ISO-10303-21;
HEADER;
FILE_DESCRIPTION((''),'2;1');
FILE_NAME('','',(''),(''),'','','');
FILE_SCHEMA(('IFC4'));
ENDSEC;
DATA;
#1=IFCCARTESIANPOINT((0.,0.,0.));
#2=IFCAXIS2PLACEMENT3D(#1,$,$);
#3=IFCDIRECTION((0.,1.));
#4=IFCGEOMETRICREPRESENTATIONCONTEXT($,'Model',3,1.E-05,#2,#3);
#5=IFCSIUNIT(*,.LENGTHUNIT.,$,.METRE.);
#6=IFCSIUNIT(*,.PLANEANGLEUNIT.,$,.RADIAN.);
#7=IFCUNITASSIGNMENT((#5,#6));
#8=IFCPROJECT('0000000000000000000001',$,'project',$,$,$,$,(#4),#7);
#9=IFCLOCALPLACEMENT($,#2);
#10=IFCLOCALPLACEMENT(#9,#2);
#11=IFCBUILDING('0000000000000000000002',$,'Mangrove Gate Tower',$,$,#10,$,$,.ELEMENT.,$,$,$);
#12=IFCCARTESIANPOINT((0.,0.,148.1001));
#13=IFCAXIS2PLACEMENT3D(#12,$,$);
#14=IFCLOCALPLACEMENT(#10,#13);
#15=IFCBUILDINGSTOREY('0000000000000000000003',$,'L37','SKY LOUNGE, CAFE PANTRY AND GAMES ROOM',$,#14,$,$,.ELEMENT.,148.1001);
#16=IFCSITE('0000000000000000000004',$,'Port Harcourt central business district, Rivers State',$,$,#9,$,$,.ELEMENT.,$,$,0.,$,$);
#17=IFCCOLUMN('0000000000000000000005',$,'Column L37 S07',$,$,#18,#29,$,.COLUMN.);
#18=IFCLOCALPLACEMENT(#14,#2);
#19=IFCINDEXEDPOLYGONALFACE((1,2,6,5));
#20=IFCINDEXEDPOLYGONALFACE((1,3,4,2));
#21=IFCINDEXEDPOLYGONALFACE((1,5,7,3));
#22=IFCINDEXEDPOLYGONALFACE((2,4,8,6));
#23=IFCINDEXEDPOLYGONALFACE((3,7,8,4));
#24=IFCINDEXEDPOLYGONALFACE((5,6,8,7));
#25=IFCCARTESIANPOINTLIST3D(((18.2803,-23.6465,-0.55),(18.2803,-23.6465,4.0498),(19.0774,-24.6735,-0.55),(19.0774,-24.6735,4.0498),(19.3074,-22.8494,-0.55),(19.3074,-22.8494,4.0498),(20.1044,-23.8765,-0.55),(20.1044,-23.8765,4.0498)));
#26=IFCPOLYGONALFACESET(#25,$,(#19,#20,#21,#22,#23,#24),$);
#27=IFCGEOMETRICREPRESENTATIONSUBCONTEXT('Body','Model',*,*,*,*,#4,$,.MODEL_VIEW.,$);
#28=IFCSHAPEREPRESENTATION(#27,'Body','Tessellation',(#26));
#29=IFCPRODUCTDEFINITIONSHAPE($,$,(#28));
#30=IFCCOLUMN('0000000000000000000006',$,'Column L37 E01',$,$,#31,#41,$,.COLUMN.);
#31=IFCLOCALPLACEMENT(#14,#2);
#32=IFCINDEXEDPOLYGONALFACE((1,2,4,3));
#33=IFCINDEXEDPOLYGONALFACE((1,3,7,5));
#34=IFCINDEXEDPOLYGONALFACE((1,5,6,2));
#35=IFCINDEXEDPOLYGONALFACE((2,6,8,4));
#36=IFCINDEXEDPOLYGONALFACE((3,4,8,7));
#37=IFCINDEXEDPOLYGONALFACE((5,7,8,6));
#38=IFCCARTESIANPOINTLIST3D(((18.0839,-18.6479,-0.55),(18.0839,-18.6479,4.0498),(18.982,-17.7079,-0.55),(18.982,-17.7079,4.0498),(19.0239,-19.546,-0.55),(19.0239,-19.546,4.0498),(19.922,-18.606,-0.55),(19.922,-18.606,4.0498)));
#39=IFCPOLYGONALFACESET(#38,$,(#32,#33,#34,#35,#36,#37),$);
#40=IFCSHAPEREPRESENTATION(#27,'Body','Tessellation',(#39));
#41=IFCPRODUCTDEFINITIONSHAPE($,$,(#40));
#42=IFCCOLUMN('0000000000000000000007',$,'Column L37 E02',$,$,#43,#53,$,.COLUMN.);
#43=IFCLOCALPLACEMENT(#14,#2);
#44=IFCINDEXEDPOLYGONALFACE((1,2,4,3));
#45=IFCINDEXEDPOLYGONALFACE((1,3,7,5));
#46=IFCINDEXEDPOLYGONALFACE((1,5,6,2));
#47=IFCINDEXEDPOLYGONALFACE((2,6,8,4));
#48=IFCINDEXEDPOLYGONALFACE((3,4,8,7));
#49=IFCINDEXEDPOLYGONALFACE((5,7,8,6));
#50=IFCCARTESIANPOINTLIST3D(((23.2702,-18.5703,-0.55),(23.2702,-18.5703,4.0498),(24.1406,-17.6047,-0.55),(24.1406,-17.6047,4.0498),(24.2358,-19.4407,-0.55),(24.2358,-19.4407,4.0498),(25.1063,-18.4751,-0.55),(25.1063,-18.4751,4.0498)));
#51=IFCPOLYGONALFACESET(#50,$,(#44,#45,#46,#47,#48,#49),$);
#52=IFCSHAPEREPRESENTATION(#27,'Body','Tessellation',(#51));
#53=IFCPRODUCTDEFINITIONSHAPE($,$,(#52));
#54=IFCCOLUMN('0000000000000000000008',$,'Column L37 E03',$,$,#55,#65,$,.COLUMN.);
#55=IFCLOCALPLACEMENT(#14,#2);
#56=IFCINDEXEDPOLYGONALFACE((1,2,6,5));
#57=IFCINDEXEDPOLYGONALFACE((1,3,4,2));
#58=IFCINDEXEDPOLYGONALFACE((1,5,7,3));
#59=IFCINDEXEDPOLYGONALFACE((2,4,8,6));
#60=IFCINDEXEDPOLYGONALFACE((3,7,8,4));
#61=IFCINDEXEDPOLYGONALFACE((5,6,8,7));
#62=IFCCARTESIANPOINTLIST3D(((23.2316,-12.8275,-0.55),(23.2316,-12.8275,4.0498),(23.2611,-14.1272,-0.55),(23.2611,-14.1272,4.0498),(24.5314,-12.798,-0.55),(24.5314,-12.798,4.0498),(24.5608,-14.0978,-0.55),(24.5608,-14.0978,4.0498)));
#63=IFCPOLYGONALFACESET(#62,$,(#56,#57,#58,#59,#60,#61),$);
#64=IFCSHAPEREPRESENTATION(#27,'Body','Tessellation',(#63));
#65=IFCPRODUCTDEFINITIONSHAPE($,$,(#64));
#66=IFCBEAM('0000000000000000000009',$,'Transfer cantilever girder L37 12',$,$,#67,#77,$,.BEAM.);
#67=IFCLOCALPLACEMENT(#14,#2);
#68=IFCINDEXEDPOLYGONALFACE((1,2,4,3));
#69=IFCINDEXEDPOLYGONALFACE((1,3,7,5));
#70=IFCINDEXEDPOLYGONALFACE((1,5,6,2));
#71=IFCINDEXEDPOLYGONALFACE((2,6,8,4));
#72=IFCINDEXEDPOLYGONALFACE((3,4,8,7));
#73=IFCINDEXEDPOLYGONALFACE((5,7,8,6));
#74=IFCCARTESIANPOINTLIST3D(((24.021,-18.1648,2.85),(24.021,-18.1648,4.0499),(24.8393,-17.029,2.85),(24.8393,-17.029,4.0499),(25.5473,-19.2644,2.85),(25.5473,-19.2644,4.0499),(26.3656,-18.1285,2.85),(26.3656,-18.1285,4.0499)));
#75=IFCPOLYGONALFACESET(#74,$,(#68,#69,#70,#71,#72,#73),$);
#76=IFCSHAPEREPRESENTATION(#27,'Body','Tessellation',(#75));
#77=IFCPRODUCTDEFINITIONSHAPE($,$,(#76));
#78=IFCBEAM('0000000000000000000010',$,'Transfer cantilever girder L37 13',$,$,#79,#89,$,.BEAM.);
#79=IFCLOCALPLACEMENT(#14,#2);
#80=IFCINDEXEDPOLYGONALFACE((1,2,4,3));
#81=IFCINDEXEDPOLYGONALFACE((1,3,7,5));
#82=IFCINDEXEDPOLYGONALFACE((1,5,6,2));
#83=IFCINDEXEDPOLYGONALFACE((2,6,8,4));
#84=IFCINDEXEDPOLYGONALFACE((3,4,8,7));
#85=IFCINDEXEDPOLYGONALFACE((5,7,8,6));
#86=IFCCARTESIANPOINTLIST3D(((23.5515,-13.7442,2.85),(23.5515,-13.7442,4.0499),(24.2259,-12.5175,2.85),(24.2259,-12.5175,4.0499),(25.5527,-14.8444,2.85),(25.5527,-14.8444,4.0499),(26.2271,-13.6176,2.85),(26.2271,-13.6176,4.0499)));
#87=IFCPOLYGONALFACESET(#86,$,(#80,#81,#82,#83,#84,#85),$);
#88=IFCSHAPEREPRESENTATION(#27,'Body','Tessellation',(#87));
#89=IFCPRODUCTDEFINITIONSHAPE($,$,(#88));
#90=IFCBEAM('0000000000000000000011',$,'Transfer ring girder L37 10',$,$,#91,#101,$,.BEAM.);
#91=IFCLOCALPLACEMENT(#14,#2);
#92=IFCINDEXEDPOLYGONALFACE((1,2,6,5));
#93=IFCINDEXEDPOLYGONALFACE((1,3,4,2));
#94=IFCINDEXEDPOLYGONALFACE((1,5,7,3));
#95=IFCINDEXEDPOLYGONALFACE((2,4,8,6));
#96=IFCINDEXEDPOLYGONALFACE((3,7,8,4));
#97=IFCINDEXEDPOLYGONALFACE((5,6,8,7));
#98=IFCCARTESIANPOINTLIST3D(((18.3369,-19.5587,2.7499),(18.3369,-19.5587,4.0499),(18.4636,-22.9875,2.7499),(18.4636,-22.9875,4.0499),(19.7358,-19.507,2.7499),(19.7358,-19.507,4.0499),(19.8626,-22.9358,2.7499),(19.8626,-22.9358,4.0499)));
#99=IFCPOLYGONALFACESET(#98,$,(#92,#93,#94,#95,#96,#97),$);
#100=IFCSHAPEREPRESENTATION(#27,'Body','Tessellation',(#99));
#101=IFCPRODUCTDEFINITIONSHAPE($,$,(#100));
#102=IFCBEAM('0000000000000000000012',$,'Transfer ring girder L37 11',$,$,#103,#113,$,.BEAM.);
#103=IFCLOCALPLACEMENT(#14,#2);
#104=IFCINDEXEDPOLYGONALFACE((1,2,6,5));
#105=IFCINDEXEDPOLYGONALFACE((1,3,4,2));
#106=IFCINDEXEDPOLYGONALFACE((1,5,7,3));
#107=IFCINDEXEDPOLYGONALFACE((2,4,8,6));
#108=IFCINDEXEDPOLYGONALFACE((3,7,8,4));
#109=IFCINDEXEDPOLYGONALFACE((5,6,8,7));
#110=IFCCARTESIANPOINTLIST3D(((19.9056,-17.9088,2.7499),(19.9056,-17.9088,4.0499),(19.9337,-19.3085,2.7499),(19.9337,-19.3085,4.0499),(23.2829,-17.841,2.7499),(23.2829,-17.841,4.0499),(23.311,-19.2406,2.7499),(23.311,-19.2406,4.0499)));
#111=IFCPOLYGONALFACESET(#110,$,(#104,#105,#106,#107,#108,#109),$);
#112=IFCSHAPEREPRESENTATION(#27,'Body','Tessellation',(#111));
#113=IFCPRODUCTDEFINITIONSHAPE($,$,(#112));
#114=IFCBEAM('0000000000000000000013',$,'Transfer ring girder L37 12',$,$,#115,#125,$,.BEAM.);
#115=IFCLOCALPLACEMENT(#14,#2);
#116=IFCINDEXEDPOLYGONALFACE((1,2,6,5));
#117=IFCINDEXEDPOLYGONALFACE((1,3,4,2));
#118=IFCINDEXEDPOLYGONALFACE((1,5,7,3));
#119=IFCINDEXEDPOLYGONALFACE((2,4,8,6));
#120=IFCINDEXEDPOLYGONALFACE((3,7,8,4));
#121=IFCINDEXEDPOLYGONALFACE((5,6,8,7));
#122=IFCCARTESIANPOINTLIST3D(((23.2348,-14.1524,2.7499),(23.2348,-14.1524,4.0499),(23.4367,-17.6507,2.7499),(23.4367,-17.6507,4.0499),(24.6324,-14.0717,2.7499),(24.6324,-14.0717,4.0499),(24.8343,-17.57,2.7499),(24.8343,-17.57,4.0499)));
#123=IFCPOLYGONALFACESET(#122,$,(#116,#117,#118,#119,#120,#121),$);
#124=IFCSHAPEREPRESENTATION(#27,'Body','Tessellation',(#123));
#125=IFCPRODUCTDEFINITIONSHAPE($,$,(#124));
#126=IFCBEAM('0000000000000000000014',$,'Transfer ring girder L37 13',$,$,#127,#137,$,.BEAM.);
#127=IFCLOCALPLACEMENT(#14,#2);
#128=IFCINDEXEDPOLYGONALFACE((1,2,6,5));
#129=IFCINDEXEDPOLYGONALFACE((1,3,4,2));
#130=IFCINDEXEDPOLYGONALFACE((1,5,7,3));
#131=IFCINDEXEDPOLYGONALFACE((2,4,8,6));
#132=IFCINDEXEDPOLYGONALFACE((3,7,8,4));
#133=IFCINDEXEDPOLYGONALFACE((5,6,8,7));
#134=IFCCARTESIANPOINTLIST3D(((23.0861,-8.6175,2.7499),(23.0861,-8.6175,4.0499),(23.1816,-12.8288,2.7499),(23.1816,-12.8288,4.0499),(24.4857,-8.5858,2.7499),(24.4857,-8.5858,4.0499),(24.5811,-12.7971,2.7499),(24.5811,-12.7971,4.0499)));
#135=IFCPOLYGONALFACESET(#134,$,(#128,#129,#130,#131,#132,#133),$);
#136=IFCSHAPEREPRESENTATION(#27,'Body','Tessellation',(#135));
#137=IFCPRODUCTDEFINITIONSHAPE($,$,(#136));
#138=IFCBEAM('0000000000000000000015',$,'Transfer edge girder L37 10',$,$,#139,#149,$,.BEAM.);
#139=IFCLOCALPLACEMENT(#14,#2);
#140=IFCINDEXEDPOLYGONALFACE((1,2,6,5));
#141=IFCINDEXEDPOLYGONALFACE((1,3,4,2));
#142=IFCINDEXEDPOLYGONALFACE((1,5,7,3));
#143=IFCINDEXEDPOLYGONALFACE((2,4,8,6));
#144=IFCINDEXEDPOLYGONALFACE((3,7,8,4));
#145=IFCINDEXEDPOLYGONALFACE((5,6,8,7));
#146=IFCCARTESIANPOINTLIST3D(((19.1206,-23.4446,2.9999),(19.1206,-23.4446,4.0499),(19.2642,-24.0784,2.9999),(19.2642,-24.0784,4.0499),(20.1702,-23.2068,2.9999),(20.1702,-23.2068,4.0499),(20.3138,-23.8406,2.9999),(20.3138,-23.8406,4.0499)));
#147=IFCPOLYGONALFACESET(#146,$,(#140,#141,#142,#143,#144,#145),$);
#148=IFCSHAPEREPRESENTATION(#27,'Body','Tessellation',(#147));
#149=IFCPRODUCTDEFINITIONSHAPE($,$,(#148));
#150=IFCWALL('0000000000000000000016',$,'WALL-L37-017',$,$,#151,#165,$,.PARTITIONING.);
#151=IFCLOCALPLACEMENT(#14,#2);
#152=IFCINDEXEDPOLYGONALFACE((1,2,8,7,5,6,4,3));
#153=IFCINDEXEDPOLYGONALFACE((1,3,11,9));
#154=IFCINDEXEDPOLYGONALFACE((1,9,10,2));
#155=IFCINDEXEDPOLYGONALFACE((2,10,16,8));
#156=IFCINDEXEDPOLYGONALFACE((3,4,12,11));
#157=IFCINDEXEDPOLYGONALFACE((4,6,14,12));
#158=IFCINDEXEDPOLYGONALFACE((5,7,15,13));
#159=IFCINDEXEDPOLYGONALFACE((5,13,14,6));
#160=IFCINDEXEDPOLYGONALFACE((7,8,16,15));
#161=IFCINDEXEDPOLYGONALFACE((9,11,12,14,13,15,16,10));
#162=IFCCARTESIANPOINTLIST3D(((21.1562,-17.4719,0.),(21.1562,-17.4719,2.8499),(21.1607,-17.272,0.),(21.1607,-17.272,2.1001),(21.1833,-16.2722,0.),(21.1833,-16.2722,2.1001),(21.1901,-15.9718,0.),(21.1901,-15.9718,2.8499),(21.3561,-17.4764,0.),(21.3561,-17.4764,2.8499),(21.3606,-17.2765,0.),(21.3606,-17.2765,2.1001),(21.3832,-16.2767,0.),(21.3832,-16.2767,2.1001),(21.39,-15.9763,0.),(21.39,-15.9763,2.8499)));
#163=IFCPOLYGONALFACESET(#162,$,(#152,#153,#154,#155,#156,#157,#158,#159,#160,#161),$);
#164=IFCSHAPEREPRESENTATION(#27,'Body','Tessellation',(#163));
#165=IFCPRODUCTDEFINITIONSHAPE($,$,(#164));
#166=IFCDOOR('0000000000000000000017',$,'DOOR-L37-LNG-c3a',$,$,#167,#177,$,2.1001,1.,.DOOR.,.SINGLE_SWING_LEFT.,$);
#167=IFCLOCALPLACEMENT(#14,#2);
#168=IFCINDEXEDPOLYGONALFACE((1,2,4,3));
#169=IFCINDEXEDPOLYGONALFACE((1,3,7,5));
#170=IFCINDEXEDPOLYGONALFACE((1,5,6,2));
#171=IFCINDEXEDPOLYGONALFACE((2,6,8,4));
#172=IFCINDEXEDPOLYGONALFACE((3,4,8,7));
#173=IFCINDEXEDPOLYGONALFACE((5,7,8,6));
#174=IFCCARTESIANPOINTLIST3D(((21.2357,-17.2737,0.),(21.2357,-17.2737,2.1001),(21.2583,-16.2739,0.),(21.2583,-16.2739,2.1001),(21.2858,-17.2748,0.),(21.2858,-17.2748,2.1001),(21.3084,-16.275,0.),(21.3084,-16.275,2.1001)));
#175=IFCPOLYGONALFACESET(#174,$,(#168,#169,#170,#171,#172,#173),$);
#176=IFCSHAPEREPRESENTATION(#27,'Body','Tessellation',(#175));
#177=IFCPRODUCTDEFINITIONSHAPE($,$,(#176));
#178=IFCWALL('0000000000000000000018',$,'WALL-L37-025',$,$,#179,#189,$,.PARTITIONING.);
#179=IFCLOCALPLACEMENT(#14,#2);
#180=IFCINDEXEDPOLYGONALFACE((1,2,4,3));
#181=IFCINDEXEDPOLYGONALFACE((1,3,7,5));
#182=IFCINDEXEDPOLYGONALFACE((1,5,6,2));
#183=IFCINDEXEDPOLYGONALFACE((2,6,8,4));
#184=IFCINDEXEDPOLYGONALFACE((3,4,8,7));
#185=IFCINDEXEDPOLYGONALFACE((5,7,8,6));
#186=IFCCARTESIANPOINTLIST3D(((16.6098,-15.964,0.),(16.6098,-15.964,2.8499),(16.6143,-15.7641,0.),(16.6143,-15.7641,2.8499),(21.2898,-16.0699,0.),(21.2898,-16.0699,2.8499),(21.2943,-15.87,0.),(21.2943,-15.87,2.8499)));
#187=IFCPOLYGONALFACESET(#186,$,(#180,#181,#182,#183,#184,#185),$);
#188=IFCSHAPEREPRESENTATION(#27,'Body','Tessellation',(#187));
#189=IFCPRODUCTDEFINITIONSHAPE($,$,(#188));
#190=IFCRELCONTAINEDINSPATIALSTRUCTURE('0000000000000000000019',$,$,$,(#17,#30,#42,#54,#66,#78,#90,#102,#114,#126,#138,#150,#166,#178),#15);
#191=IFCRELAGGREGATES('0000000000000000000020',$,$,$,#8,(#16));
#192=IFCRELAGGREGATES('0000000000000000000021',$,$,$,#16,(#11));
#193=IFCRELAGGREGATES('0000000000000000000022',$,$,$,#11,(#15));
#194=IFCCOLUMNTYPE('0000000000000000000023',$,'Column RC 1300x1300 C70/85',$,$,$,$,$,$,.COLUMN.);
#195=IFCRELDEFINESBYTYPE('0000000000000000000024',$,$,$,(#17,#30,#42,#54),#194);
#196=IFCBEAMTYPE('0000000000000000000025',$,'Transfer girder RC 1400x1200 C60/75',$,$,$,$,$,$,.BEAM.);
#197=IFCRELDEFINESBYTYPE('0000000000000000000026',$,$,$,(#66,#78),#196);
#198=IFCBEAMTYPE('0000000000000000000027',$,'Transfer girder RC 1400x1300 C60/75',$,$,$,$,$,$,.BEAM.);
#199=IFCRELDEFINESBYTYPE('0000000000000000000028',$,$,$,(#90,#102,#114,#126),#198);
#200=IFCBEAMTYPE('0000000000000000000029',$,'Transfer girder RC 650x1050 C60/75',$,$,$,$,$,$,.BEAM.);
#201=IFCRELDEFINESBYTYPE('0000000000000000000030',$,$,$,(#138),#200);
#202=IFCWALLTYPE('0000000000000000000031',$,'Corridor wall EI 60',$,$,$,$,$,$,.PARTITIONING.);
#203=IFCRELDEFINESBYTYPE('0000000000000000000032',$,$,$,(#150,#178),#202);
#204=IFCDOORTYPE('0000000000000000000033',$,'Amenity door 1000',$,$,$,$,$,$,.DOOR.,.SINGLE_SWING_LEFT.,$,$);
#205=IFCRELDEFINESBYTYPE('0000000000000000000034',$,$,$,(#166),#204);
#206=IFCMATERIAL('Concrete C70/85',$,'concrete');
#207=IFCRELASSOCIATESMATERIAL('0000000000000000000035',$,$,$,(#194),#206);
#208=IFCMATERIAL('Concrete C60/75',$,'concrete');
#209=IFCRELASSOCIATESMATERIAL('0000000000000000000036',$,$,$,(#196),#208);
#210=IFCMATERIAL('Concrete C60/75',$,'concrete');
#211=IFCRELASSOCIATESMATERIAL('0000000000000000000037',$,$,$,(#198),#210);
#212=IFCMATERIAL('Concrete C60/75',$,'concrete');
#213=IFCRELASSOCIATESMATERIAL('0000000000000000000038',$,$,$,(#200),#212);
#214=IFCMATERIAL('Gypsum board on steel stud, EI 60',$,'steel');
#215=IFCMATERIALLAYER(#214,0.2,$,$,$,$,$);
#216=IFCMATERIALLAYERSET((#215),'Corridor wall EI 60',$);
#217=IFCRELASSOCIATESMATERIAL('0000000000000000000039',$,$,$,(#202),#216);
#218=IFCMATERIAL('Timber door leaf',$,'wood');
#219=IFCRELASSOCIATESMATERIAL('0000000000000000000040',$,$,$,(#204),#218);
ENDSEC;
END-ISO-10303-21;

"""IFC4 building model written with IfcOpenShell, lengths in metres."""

from ifc_helpers import new_model, si_unit, direction, frame, frame_2d, origin, origin_2d, place, context, subcontext, project, spatial, rectangle, extrude, material, layer, layer_set, material_profile, profile_set, type_object, element, fill, save


model = new_model("IFC4")

# Units and contexts
model_context = context("Model", 3, precision=1e-05, world=origin(), true_north=direction((0.0, 1.0)))
body_context = subcontext(model_context, "Body", "Model", "MODEL_VIEW")
ifc_project = project(units=[si_unit("LENGTHUNIT", "METRE"), si_unit("PLANEANGLEUNIT", "RADIAN")], contexts=[model_context])

# Site, building, storey
site_placement = place(None, origin())
site = spatial("IfcSite", under=ifc_project, at=site_placement, Name="Port Harcourt central business district, Rivers State", CompositionType="ELEMENT", RefElevation=0.0)
building_placement = place(site_placement, origin())
building = spatial("IfcBuilding", under=site, at=building_placement, Name="Mangrove Gate Tower", CompositionType="ELEMENT")
storey_placement = place(building_placement, frame((0.0, 0.0, 148.1001)))
storey = spatial("IfcBuildingStorey", under=building, at=storey_placement, Name="L37", Description="SKY LOUNGE, CAFE PANTRY AND GAMES ROOM", CompositionType="ELEMENT", Elevation=148.1001)

# Columns
ifc_material_1 = material(Name="Concrete C70/85", Category="concrete")
ifc_material_profile_1 = material_profile(ifc_material_1, rectangle(XDim=1.3, YDim=1.3, at=origin_2d()))
ifc_profile_set_1 = profile_set([ifc_material_profile_1], Name="Concrete C70/85")
column_type = type_object("IfcColumnType", Name="Column RC 1300x1300 C70/85", PredefinedType="COLUMN", material=ifc_profile_set_1)
for number, where, z_axis, x_axis, name in (
    (1, (19.1924, -23.7615, -0.55), (0.0, 0.0, 1.0), (0.790005, 0.613101, 0.0), "Column L37 S07"),
    (2, (19.0029, -18.627, -0.55), (0.0, 0.0, 1.0), (0.690809, 0.723037, 0.0), "Column L37 E01"),
    (3, (24.1882, -18.5227, -0.55), (0.0, 0.0, 1.0), (0.669533, 0.742782, 0.0), "Column L37 E02"),
    (4, (23.8962, -13.4626, -0.55), (0.0, 0.0, 1.0), (-0.022678, 0.999743, 0.0), "Column L37 E03"),
):
    element("IfcColumn", number, at=place(storey_placement, frame(where, z_axis=z_axis, x_axis=x_axis)), inside=storey, type_object=column_type, Name=name, PredefinedType="COLUMN", context=body_context, shape_type="SweptSolid", body=[
        extrude(rectangle(XDim=1.3, YDim=1.3, at=origin_2d()), origin(), (0.0, 0.0, 1.0), 4.5999),
    ])

# Beams
ifc_material_2 = material(Name="Concrete C60/75", Category="concrete")
ifc_material_profile_2 = material_profile(ifc_material_2, rectangle(XDim=1.3999, YDim=1.2, at=origin_2d()))
ifc_profile_set_2 = profile_set([ifc_material_profile_2], Name="Concrete C60/75")
beam_type_1 = type_object("IfcBeamType", Name="Transfer girder RC 1400x1200 C60/75", PredefinedType="BEAM", material=ifc_profile_set_2)
beam_1_placement = place(storey_placement, frame((24.4302, -17.5969, 3.45), z_axis=(0.811377, -0.584524, 0.0), x_axis=(0.584524, 0.811377, 0.0)))
element("IfcBeam", 5, at=beam_1_placement, inside=storey, type_object=beam_type_1, Name="Transfer cantilever girder L37 12", PredefinedType="BEAM", context=body_context, shape_type="SweptSolid", body=[
    extrude(rectangle(XDim=1.3999, YDim=1.2, at=origin_2d()), origin(), (0.0, 0.0, 1.0), 1.8811),
])
beam_2_placement = place(storey_placement, frame((23.8887, -13.1309, 3.45), z_axis=(0.876322, -0.481726, 0.0), x_axis=(0.481726, 0.876322, 0.0)))
element("IfcBeam", 6, at=beam_2_placement, inside=storey, type_object=beam_type_1, Name="Transfer cantilever girder L37 13", PredefinedType="BEAM", context=body_context, shape_type="SweptSolid", body=[
    extrude(rectangle(XDim=1.3999, YDim=1.2, at=origin_2d()), origin(), (0.0, 0.0, 1.0), 2.2837),
])
ifc_material_3 = material(Name="Concrete C60/75", Category="concrete")
ifc_material_profile_3 = material_profile(ifc_material_3, rectangle(XDim=1.3999, YDim=1.3, at=origin_2d()))
ifc_profile_set_3 = profile_set([ifc_material_profile_3], Name="Concrete C60/75")
beam_type_2 = type_object("IfcBeamType", Name="Transfer girder RC 1400x1300 C60/75", PredefinedType="BEAM", material=ifc_profile_set_3)
beam_3_placement = place(storey_placement, frame((19.1631, -22.9617, 3.3999), z_axis=(-0.03693, 0.999318, 0.0), x_axis=(-0.999318, -0.03693, 0.0)))
element("IfcBeam", 7, at=beam_3_placement, inside=storey, type_object=beam_type_2, Name="Transfer ring girder L37 10", PredefinedType="BEAM", context=body_context, shape_type="SweptSolid", body=[
    extrude(rectangle(XDim=1.3999, YDim=1.3, at=origin_2d()), origin(), (0.0, 0.0, 1.0), 3.4312),
])
beam_4_placement = place(storey_placement, frame((19.9197, -18.6086, 3.3999), z_axis=(0.999798, 0.020093, 0.0), x_axis=(-0.020093, 0.999798, 0.0)))
element("IfcBeam", 8, at=beam_4_placement, inside=storey, type_object=beam_type_2, Name="Transfer ring girder L37 11", PredefinedType="BEAM", context=body_context, shape_type="SweptSolid", body=[
    extrude(rectangle(XDim=1.3999, YDim=1.3, at=origin_2d()), origin(), (0.0, 0.0, 1.0), 3.3779),
])
beam_5_placement = place(storey_placement, frame((24.1355, -17.6104, 3.3999), z_axis=(-0.057619, 0.998339, 0.0), x_axis=(-0.998339, -0.057619, 0.0)))
element("IfcBeam", 9, at=beam_5_placement, inside=storey, type_object=beam_type_2, Name="Transfer ring girder L37 12", PredefinedType="BEAM", context=body_context, shape_type="SweptSolid", body=[
    extrude(rectangle(XDim=1.3999, YDim=1.3, at=origin_2d()), origin(), (0.0, 0.0, 1.0), 3.5042),
])
beam_6_placement = place(storey_placement, frame((23.8813, -12.813, 3.3999), z_axis=(-0.022661, 0.999743, 0.0), x_axis=(-0.999743, -0.022661, 0.0)))
element("IfcBeam", 10, at=beam_6_placement, inside=storey, type_object=beam_type_2, Name="Transfer ring girder L37 13", PredefinedType="BEAM", context=body_context, shape_type="SweptSolid", body=[
    extrude(rectangle(XDim=1.3999, YDim=1.3, at=origin_2d()), origin(), (0.0, 0.0, 1.0), 4.2124),
])
ifc_material_4 = material(Name="Concrete C60/75", Category="concrete")
ifc_material_profile_4 = material_profile(ifc_material_4, rectangle(XDim=0.6499, YDim=1.05, at=origin_2d()))
ifc_profile_set_4 = profile_set([ifc_material_profile_4], Name="Concrete C60/75")
beam_type_3 = type_object("IfcBeamType", Name="Transfer girder RC 650x1050 C60/75", PredefinedType="BEAM", material=ifc_profile_set_4)
beam_7_placement = place(storey_placement, frame((19.1924, -23.7615, 3.5249), z_axis=(0.975282, 0.220964, 0.0), x_axis=(-0.220964, 0.975282, 0.0)))
element("IfcBeam", 11, at=beam_7_placement, inside=storey, type_object=beam_type_3, Name="Transfer edge girder L37 10", PredefinedType="BEAM", context=body_context, shape_type="SweptSolid", body=[
    extrude(rectangle(XDim=0.6499, YDim=1.05, at=origin_2d()), origin(), (0.0, 0.0, 1.0), 1.0762),
])

# Wall, opening, door
ifc_material_5 = material(Name="Gypsum board on steel stud, EI 60", Category="steel")
ifc_layer_1 = layer(ifc_material_5, 0.2)
ifc_layer_set_1 = layer_set([ifc_layer_1], Name="Corridor wall EI 60")
wall_type_1 = type_object("IfcWallType", Name="Corridor wall EI 60", PredefinedType="PARTITIONING", material=ifc_layer_set_1)
wall_1_placement = place(storey_placement, frame((21.2561, -17.4741, 0.0), z_axis=(0.0, 0.0, 1.0), x_axis=(0.022618, 0.999744, 0.0)))
wall_1 = element("IfcWall", 12, at=wall_1_placement, inside=storey, type_object=wall_type_1, Name="WALL-L37-017", PredefinedType="PARTITIONING", context=body_context, shape_type="SweptSolid", body=[
    extrude(rectangle(XDim=1.5005, YDim=0.2, at=frame_2d((0.7502, 0.0))), origin(), (0.0, 0.0, 1.0), 2.8499),
])
opening_1_placement = place(wall_1_placement, frame((0.2, 0.0, 0.0)))
opening_1 = element("IfcOpeningElement", 13, at=opening_1_placement, cuts=wall_1, PredefinedType="OPENING", context=body_context, shape_type="SweptSolid", body=[
    extrude(rectangle(XDim=1.0, YDim=2.1001, at=frame_2d((0.5, 1.05))), frame((0.0, 0.1099, 0.0), z_axis=(0.0, -1.0, 0.0), x_axis=(1.0, 0.0, 0.0)), (0.0, 0.0, 1.0), 0.22),
])
ifc_material_6 = material(Name="Timber door leaf", Category="wood")
door_type_1 = type_object("IfcDoorType", Name="Amenity door 1000", OperationType="SINGLE_SWING_LEFT", PredefinedType="DOOR", material=ifc_material_6)
door_1_placement = place(opening_1_placement, origin())
door_1 = element("IfcDoor", 14, at=door_1_placement, inside=storey, type_object=door_type_1, Name="DOOR-L37-LNG-c3a", OperationType="SINGLE_SWING_LEFT", OverallHeight=2.1001, OverallWidth=1.0, PredefinedType="DOOR", context=body_context, shape_type="SweptSolid", body=[
    extrude(rectangle(XDim=1.0, YDim=2.1001, at=frame_2d((0.5, 1.05))), frame((0.0, 0.0249, 0.0), z_axis=(0.0, -1.0, 0.0), x_axis=(1.0, 0.0, 0.0)), (0.0, 0.0, 1.0), 0.05),
])
fill(opening_1, door_1)

# Wall
wall_2_placement = place(storey_placement, frame((16.6121, -15.864, 0.0), z_axis=(0.0, 0.0, 1.0), x_axis=(0.999744, -0.022635, 0.0)))
element("IfcWall", 15, at=wall_2_placement, inside=storey, type_object=wall_type_1, Name="WALL-L37-025", PredefinedType="PARTITIONING", context=body_context, shape_type="SweptSolid", body=[
    extrude(rectangle(XDim=4.6812, YDim=0.2, at=frame_2d((2.3406, 0.0))), origin(), (0.0, 0.0, 1.0), 2.8499),
])

save(model, "model.ifc")
